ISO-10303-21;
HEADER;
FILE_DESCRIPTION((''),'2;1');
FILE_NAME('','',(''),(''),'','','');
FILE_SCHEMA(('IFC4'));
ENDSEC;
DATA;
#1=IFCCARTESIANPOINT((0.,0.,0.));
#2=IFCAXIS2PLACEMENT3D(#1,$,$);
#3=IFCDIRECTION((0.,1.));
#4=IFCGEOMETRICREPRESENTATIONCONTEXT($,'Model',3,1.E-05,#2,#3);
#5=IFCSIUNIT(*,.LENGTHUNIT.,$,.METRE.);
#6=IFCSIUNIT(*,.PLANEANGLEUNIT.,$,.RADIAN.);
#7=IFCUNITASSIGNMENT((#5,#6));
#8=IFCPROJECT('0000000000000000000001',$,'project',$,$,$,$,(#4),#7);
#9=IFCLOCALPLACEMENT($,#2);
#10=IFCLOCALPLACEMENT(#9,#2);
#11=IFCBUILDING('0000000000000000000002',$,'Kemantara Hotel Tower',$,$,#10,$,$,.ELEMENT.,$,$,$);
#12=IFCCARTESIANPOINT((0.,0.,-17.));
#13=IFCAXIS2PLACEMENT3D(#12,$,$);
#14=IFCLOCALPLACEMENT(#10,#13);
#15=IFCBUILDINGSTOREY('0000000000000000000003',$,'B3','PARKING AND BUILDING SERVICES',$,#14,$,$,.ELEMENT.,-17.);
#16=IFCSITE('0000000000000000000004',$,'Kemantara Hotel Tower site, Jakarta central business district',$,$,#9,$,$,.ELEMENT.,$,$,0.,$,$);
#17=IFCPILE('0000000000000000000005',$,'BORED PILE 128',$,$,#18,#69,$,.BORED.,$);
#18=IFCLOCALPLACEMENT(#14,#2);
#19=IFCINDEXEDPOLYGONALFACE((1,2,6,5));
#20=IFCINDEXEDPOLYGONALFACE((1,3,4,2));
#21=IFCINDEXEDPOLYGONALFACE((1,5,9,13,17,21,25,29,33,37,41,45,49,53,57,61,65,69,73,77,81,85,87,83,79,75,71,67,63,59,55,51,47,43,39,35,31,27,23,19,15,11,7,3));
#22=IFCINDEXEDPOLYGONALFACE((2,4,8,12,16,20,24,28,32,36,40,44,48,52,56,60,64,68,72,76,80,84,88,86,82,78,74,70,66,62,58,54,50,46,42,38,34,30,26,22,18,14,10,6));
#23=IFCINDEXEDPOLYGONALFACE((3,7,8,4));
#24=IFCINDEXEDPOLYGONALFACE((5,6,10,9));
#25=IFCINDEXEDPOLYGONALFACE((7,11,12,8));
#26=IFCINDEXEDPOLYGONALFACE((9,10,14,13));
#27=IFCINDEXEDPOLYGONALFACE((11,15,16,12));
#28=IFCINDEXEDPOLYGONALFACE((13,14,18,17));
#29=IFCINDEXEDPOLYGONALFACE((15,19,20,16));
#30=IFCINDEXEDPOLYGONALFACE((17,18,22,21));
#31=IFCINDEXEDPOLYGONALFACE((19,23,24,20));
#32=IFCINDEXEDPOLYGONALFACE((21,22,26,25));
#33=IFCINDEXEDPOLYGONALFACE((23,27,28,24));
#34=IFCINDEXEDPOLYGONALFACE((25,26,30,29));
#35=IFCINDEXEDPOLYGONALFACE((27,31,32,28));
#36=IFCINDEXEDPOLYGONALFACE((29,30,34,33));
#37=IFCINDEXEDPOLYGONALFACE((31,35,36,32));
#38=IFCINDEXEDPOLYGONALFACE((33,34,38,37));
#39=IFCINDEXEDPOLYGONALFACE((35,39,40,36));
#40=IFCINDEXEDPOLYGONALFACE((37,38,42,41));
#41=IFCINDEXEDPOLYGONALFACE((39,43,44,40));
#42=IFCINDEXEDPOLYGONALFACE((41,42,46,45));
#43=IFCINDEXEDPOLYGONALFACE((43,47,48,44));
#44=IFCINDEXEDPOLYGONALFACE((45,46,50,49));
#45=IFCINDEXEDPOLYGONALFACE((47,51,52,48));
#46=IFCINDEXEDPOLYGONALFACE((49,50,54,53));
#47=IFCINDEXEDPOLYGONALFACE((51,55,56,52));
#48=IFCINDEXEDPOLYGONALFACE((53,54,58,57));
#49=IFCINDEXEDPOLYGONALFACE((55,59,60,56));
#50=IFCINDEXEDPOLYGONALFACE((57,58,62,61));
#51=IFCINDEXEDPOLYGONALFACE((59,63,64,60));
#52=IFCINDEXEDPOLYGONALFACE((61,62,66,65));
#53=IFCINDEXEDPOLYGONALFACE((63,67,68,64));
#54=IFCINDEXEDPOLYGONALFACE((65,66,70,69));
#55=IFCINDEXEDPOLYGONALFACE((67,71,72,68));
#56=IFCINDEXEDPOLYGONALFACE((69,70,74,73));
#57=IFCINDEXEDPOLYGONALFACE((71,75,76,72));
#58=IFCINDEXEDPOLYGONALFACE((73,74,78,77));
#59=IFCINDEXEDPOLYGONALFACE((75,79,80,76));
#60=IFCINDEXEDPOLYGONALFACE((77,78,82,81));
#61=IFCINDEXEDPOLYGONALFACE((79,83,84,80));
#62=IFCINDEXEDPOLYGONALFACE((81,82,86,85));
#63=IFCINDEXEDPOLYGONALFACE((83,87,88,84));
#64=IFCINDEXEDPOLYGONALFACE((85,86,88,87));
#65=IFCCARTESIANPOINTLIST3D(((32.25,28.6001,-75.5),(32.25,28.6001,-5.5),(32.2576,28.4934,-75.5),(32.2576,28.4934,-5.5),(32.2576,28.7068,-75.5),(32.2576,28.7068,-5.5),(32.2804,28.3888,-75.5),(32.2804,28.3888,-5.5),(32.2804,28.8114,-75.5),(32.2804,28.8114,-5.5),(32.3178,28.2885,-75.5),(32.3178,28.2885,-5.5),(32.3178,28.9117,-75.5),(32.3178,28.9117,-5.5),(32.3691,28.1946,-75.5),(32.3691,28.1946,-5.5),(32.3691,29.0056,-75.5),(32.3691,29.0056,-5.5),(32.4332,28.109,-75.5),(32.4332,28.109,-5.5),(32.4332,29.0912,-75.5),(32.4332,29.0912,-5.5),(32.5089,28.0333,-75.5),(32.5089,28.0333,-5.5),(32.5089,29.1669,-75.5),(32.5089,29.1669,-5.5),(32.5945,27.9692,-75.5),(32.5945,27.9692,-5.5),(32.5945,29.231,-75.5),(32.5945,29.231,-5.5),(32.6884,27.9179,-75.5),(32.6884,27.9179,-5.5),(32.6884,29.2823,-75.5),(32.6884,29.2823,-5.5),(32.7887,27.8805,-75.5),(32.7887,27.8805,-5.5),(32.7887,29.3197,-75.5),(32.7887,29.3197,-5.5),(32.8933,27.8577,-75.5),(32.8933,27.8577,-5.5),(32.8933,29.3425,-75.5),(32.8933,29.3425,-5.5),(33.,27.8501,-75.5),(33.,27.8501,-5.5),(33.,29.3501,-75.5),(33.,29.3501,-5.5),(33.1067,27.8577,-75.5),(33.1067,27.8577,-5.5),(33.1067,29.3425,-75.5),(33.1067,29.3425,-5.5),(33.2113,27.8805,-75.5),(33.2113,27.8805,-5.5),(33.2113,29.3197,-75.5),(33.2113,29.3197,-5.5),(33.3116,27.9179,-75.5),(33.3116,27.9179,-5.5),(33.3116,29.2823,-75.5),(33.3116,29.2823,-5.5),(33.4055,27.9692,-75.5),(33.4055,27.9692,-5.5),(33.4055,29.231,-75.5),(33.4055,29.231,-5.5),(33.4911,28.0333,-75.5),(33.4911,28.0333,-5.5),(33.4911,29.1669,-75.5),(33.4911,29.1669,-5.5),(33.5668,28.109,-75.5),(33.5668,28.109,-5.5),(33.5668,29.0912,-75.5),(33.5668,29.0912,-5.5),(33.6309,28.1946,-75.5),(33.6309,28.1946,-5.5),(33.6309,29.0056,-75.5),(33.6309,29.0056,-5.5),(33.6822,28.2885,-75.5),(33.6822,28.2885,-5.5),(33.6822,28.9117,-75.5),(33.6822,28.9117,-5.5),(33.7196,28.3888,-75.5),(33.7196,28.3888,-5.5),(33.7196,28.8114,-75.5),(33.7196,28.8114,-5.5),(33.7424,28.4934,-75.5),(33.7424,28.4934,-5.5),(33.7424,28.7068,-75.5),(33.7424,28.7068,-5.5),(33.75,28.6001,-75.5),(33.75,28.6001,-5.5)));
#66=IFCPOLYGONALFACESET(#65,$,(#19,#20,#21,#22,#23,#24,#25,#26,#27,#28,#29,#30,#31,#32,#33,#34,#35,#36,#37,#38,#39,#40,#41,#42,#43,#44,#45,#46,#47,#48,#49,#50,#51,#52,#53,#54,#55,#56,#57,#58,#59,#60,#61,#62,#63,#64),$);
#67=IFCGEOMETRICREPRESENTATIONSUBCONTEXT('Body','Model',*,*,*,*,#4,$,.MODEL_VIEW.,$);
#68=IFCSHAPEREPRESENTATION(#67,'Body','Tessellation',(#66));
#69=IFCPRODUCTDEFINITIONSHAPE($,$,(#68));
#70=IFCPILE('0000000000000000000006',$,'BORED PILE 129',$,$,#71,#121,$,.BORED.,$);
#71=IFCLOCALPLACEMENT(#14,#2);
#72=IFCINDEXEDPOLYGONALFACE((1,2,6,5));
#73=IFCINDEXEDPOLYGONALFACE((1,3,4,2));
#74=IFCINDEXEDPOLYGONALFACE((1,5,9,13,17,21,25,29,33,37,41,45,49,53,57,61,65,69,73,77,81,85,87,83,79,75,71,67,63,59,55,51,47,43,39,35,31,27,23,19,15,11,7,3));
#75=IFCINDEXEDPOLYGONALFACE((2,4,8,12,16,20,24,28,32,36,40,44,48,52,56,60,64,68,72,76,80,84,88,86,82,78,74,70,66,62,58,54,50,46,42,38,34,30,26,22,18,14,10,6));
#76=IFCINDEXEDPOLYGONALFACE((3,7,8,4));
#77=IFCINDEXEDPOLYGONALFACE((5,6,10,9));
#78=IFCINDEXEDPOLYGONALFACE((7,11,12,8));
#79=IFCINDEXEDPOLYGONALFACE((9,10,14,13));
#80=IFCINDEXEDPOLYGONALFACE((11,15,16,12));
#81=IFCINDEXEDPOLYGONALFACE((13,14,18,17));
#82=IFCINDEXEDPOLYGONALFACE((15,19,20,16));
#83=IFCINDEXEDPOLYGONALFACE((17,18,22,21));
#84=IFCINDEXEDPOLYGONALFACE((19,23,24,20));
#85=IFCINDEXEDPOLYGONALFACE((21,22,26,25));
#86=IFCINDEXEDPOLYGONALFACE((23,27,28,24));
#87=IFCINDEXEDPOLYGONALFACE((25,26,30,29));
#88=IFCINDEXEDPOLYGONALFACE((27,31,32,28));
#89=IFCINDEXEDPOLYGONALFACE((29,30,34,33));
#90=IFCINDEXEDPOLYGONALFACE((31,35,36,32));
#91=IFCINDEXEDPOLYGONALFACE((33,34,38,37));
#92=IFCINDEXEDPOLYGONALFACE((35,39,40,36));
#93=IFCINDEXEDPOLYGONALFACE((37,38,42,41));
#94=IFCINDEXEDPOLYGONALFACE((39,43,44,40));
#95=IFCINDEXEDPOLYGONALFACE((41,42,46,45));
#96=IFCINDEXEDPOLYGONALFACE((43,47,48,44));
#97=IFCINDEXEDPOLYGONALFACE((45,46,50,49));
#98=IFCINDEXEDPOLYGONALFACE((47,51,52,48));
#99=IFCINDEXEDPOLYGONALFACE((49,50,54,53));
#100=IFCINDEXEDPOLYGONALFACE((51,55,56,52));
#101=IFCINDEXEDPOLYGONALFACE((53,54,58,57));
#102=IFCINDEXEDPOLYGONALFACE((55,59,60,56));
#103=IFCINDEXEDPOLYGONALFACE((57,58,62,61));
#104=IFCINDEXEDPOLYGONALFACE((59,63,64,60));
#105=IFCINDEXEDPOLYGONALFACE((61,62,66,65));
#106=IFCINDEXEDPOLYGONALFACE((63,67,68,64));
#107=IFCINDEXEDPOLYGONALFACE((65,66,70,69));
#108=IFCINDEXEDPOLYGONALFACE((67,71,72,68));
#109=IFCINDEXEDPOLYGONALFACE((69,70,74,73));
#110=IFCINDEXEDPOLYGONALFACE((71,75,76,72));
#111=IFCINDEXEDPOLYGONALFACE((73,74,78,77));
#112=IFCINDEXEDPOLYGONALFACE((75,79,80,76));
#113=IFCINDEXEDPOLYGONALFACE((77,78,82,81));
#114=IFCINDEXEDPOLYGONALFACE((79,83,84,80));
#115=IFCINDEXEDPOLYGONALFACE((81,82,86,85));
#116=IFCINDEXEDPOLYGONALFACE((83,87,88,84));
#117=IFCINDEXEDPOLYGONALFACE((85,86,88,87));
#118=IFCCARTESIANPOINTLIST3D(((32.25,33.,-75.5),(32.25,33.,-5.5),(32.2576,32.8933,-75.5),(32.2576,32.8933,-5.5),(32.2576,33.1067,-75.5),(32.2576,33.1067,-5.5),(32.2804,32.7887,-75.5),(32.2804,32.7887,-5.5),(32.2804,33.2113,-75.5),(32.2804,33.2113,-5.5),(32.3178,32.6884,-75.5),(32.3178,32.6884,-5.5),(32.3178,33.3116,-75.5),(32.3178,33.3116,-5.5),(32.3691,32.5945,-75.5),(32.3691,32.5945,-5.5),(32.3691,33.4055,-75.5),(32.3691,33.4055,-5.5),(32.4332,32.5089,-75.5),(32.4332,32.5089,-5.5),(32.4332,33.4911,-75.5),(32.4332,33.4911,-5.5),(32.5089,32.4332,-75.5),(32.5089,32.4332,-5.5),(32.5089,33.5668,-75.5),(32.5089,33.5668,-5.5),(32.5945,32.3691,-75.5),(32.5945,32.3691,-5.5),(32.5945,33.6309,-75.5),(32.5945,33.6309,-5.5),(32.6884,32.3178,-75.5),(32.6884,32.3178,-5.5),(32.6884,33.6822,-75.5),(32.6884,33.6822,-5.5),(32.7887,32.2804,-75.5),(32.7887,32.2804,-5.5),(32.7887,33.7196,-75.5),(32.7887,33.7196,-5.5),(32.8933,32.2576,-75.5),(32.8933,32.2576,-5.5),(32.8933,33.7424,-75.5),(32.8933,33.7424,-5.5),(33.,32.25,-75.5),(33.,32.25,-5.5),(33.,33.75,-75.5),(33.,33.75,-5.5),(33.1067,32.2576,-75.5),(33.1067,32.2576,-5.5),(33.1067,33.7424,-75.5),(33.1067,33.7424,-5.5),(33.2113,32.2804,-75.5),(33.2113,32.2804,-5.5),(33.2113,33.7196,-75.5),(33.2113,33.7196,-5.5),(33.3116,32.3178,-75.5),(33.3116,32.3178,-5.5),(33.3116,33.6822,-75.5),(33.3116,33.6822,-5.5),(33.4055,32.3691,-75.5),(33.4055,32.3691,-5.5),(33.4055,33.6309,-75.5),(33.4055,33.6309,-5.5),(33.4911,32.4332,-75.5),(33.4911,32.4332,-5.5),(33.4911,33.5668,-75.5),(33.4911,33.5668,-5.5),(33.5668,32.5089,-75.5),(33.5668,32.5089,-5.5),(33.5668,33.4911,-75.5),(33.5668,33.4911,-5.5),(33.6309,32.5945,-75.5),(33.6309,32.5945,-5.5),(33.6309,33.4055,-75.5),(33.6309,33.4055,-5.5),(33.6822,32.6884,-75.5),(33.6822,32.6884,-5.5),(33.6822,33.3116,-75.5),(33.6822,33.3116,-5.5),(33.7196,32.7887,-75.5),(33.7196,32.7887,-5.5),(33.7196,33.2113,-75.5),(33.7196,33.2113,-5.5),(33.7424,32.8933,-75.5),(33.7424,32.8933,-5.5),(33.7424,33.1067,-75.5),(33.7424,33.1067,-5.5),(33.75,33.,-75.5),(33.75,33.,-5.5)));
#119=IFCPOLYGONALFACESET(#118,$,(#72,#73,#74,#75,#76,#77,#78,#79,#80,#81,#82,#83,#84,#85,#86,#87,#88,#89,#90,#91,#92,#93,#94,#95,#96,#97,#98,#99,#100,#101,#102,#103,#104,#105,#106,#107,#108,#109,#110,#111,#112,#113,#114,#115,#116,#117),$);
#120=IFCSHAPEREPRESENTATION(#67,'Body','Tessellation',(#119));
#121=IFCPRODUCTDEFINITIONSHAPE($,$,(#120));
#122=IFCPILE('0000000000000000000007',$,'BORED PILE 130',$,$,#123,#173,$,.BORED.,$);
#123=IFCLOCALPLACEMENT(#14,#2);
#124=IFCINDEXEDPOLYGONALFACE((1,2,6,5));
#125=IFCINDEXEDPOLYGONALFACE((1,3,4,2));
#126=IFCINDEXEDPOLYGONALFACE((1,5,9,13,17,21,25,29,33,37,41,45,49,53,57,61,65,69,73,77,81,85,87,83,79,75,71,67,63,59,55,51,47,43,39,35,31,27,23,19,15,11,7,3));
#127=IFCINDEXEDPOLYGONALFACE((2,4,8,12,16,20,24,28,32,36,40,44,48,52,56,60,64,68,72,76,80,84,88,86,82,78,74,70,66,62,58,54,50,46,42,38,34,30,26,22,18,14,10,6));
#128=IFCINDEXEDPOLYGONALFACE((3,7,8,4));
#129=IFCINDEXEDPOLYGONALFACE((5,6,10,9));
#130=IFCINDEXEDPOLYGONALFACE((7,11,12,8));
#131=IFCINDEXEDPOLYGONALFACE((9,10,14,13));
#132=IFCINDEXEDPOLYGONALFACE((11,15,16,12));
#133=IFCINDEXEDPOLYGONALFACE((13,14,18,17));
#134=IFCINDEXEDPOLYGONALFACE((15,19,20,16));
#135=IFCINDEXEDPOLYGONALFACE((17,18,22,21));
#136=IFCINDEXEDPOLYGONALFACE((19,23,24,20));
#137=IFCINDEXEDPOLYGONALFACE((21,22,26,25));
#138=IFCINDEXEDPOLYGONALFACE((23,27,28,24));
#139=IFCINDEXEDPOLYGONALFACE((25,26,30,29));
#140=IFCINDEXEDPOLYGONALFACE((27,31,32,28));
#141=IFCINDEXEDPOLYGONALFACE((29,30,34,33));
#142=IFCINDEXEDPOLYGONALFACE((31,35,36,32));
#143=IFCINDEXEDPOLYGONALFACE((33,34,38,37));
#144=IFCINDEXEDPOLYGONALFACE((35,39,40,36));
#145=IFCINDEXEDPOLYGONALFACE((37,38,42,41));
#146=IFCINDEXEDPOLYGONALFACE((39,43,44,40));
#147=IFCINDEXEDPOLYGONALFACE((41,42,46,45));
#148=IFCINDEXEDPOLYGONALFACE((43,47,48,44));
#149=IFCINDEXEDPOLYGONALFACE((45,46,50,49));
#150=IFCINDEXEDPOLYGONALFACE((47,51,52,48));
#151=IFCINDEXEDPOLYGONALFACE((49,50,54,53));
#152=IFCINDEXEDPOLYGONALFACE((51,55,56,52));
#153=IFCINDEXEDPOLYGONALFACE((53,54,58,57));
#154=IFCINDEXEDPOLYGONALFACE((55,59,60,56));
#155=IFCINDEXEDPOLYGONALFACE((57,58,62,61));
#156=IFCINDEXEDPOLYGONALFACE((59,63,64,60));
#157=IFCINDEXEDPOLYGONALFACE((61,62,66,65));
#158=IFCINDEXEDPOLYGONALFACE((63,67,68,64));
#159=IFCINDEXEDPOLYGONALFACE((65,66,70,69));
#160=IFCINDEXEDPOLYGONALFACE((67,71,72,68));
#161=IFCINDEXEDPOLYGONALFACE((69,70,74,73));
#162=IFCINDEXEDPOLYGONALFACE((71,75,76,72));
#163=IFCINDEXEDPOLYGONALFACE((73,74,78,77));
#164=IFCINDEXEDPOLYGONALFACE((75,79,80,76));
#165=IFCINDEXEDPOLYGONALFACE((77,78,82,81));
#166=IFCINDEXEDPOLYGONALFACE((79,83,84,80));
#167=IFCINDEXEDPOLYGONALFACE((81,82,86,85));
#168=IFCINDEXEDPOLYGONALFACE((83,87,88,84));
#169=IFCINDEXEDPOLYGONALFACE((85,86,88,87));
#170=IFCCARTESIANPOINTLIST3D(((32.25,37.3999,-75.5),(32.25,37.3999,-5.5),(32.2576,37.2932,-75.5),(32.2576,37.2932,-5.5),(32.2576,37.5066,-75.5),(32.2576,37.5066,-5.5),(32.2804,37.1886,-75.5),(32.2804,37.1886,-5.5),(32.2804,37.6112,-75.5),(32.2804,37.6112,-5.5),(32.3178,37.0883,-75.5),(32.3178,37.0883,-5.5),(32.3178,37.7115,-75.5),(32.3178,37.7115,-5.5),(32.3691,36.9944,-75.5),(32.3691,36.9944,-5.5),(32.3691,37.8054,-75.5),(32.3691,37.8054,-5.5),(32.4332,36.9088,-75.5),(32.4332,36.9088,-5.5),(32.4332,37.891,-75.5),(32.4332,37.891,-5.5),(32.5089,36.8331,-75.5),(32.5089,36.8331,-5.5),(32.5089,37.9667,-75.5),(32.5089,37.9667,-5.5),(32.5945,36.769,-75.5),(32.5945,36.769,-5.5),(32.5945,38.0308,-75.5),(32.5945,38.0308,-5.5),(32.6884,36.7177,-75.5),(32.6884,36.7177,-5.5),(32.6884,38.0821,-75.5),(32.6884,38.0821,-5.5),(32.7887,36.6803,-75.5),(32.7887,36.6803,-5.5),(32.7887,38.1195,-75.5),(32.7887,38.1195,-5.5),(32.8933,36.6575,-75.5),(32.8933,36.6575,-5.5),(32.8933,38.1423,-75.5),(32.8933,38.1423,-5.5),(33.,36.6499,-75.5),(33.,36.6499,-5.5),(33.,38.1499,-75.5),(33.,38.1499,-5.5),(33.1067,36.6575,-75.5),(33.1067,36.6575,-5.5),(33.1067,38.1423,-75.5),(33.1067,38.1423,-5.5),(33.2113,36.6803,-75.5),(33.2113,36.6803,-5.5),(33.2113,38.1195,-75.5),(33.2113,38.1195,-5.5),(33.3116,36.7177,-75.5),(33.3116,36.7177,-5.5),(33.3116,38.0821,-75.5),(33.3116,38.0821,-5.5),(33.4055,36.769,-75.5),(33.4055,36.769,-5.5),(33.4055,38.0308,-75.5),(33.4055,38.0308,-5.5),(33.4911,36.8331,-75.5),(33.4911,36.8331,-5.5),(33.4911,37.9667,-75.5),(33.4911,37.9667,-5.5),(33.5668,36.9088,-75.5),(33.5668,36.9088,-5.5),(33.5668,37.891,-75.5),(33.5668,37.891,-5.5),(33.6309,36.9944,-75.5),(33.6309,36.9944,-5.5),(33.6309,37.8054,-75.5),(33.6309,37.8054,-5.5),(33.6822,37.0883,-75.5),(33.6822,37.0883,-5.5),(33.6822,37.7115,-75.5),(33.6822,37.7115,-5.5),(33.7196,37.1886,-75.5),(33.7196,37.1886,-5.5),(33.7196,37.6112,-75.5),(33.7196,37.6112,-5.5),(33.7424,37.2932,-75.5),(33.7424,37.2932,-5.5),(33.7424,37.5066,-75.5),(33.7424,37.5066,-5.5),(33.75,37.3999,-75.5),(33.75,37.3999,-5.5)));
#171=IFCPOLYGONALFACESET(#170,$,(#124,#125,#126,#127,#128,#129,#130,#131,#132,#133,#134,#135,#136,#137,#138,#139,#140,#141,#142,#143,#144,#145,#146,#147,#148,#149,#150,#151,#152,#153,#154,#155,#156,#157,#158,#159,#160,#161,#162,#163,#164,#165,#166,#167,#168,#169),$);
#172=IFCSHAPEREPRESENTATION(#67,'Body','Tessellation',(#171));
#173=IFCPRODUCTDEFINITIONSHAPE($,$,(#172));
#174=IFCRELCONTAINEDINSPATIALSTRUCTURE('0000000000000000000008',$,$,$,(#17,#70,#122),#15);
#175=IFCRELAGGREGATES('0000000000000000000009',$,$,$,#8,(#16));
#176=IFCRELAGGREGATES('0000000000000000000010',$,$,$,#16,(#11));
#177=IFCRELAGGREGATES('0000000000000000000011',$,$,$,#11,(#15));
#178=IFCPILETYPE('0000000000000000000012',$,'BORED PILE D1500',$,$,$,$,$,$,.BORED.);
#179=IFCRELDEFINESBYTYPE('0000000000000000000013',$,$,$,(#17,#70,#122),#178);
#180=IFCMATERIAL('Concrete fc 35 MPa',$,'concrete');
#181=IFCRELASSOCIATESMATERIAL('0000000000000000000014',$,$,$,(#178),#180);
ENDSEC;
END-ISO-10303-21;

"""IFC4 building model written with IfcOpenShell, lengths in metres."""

from ifc_helpers import new_model, si_unit, direction, frame, origin, origin_2d, place, context, subcontext, project, spatial, circle, extrude, material, material_profile, profile_set, type_object, element, save


model = new_model("IFC4")

# Units and contexts
model_context = context("Model", 3, precision=1e-05, world=origin(), true_north=direction((0.0, 1.0)))
body_context = subcontext(model_context, "Body", "Model", "MODEL_VIEW")
ifc_project = project(units=[si_unit("LENGTHUNIT", "METRE"), si_unit("PLANEANGLEUNIT", "RADIAN")], contexts=[model_context])

# Site, building, storey
site_placement = place(None, origin())
site = spatial("IfcSite", under=ifc_project, at=site_placement, Name="Kemantara Hotel Tower site, Jakarta central business district", CompositionType="ELEMENT", RefElevation=0.0)
building_placement = place(site_placement, origin())
building = spatial("IfcBuilding", under=site, at=building_placement, Name="Kemantara Hotel Tower", CompositionType="ELEMENT")
storey_placement = place(building_placement, frame((0.0, 0.0, -17.0)))
storey = spatial("IfcBuildingStorey", under=building, at=storey_placement, Name="B3", Description="PARKING AND BUILDING SERVICES", CompositionType="ELEMENT", Elevation=-17.0)

# Piles
ifc_material_1 = material(Name="Concrete fc 35 MPa", Category="concrete")
ifc_material_profile_1 = material_profile(ifc_material_1, circle(Radius=0.75, at=origin_2d()), Name="BORED PILE D1500")
ifc_profile_set_1 = profile_set([ifc_material_profile_1], Name="Concrete fc 35 MPa")
pile_type = type_object("IfcPileType", Name="BORED PILE D1500", PredefinedType="BORED", material=ifc_profile_set_1)
for number, where, z_axis, x_axis, name in (
    (1, (33.0, 28.6001, -5.5), (0.0, 0.0, -1.0), (1.0, 0.0, 0.0), "BORED PILE 128"),
    (2, (33.0, 33.0, -5.5), (0.0, 0.0, -1.0), (1.0, 0.0, 0.0), "BORED PILE 129"),
    (3, (33.0, 37.3999, -5.5), (0.0, 0.0, -1.0), (1.0, 0.0, 0.0), "BORED PILE 130"),
):
    element("IfcPile", number, at=place(storey_placement, frame(where, z_axis=z_axis, x_axis=x_axis)), inside=storey, type_object=pile_type, Name=name, PredefinedType="BORED", context=body_context, shape_type="SweptSolid", body=[
        extrude(circle(Radius=0.75, at=origin_2d()), origin(), (0.0, 0.0, 1.0), 70.0),
    ])

save(model, "model.ifc")
